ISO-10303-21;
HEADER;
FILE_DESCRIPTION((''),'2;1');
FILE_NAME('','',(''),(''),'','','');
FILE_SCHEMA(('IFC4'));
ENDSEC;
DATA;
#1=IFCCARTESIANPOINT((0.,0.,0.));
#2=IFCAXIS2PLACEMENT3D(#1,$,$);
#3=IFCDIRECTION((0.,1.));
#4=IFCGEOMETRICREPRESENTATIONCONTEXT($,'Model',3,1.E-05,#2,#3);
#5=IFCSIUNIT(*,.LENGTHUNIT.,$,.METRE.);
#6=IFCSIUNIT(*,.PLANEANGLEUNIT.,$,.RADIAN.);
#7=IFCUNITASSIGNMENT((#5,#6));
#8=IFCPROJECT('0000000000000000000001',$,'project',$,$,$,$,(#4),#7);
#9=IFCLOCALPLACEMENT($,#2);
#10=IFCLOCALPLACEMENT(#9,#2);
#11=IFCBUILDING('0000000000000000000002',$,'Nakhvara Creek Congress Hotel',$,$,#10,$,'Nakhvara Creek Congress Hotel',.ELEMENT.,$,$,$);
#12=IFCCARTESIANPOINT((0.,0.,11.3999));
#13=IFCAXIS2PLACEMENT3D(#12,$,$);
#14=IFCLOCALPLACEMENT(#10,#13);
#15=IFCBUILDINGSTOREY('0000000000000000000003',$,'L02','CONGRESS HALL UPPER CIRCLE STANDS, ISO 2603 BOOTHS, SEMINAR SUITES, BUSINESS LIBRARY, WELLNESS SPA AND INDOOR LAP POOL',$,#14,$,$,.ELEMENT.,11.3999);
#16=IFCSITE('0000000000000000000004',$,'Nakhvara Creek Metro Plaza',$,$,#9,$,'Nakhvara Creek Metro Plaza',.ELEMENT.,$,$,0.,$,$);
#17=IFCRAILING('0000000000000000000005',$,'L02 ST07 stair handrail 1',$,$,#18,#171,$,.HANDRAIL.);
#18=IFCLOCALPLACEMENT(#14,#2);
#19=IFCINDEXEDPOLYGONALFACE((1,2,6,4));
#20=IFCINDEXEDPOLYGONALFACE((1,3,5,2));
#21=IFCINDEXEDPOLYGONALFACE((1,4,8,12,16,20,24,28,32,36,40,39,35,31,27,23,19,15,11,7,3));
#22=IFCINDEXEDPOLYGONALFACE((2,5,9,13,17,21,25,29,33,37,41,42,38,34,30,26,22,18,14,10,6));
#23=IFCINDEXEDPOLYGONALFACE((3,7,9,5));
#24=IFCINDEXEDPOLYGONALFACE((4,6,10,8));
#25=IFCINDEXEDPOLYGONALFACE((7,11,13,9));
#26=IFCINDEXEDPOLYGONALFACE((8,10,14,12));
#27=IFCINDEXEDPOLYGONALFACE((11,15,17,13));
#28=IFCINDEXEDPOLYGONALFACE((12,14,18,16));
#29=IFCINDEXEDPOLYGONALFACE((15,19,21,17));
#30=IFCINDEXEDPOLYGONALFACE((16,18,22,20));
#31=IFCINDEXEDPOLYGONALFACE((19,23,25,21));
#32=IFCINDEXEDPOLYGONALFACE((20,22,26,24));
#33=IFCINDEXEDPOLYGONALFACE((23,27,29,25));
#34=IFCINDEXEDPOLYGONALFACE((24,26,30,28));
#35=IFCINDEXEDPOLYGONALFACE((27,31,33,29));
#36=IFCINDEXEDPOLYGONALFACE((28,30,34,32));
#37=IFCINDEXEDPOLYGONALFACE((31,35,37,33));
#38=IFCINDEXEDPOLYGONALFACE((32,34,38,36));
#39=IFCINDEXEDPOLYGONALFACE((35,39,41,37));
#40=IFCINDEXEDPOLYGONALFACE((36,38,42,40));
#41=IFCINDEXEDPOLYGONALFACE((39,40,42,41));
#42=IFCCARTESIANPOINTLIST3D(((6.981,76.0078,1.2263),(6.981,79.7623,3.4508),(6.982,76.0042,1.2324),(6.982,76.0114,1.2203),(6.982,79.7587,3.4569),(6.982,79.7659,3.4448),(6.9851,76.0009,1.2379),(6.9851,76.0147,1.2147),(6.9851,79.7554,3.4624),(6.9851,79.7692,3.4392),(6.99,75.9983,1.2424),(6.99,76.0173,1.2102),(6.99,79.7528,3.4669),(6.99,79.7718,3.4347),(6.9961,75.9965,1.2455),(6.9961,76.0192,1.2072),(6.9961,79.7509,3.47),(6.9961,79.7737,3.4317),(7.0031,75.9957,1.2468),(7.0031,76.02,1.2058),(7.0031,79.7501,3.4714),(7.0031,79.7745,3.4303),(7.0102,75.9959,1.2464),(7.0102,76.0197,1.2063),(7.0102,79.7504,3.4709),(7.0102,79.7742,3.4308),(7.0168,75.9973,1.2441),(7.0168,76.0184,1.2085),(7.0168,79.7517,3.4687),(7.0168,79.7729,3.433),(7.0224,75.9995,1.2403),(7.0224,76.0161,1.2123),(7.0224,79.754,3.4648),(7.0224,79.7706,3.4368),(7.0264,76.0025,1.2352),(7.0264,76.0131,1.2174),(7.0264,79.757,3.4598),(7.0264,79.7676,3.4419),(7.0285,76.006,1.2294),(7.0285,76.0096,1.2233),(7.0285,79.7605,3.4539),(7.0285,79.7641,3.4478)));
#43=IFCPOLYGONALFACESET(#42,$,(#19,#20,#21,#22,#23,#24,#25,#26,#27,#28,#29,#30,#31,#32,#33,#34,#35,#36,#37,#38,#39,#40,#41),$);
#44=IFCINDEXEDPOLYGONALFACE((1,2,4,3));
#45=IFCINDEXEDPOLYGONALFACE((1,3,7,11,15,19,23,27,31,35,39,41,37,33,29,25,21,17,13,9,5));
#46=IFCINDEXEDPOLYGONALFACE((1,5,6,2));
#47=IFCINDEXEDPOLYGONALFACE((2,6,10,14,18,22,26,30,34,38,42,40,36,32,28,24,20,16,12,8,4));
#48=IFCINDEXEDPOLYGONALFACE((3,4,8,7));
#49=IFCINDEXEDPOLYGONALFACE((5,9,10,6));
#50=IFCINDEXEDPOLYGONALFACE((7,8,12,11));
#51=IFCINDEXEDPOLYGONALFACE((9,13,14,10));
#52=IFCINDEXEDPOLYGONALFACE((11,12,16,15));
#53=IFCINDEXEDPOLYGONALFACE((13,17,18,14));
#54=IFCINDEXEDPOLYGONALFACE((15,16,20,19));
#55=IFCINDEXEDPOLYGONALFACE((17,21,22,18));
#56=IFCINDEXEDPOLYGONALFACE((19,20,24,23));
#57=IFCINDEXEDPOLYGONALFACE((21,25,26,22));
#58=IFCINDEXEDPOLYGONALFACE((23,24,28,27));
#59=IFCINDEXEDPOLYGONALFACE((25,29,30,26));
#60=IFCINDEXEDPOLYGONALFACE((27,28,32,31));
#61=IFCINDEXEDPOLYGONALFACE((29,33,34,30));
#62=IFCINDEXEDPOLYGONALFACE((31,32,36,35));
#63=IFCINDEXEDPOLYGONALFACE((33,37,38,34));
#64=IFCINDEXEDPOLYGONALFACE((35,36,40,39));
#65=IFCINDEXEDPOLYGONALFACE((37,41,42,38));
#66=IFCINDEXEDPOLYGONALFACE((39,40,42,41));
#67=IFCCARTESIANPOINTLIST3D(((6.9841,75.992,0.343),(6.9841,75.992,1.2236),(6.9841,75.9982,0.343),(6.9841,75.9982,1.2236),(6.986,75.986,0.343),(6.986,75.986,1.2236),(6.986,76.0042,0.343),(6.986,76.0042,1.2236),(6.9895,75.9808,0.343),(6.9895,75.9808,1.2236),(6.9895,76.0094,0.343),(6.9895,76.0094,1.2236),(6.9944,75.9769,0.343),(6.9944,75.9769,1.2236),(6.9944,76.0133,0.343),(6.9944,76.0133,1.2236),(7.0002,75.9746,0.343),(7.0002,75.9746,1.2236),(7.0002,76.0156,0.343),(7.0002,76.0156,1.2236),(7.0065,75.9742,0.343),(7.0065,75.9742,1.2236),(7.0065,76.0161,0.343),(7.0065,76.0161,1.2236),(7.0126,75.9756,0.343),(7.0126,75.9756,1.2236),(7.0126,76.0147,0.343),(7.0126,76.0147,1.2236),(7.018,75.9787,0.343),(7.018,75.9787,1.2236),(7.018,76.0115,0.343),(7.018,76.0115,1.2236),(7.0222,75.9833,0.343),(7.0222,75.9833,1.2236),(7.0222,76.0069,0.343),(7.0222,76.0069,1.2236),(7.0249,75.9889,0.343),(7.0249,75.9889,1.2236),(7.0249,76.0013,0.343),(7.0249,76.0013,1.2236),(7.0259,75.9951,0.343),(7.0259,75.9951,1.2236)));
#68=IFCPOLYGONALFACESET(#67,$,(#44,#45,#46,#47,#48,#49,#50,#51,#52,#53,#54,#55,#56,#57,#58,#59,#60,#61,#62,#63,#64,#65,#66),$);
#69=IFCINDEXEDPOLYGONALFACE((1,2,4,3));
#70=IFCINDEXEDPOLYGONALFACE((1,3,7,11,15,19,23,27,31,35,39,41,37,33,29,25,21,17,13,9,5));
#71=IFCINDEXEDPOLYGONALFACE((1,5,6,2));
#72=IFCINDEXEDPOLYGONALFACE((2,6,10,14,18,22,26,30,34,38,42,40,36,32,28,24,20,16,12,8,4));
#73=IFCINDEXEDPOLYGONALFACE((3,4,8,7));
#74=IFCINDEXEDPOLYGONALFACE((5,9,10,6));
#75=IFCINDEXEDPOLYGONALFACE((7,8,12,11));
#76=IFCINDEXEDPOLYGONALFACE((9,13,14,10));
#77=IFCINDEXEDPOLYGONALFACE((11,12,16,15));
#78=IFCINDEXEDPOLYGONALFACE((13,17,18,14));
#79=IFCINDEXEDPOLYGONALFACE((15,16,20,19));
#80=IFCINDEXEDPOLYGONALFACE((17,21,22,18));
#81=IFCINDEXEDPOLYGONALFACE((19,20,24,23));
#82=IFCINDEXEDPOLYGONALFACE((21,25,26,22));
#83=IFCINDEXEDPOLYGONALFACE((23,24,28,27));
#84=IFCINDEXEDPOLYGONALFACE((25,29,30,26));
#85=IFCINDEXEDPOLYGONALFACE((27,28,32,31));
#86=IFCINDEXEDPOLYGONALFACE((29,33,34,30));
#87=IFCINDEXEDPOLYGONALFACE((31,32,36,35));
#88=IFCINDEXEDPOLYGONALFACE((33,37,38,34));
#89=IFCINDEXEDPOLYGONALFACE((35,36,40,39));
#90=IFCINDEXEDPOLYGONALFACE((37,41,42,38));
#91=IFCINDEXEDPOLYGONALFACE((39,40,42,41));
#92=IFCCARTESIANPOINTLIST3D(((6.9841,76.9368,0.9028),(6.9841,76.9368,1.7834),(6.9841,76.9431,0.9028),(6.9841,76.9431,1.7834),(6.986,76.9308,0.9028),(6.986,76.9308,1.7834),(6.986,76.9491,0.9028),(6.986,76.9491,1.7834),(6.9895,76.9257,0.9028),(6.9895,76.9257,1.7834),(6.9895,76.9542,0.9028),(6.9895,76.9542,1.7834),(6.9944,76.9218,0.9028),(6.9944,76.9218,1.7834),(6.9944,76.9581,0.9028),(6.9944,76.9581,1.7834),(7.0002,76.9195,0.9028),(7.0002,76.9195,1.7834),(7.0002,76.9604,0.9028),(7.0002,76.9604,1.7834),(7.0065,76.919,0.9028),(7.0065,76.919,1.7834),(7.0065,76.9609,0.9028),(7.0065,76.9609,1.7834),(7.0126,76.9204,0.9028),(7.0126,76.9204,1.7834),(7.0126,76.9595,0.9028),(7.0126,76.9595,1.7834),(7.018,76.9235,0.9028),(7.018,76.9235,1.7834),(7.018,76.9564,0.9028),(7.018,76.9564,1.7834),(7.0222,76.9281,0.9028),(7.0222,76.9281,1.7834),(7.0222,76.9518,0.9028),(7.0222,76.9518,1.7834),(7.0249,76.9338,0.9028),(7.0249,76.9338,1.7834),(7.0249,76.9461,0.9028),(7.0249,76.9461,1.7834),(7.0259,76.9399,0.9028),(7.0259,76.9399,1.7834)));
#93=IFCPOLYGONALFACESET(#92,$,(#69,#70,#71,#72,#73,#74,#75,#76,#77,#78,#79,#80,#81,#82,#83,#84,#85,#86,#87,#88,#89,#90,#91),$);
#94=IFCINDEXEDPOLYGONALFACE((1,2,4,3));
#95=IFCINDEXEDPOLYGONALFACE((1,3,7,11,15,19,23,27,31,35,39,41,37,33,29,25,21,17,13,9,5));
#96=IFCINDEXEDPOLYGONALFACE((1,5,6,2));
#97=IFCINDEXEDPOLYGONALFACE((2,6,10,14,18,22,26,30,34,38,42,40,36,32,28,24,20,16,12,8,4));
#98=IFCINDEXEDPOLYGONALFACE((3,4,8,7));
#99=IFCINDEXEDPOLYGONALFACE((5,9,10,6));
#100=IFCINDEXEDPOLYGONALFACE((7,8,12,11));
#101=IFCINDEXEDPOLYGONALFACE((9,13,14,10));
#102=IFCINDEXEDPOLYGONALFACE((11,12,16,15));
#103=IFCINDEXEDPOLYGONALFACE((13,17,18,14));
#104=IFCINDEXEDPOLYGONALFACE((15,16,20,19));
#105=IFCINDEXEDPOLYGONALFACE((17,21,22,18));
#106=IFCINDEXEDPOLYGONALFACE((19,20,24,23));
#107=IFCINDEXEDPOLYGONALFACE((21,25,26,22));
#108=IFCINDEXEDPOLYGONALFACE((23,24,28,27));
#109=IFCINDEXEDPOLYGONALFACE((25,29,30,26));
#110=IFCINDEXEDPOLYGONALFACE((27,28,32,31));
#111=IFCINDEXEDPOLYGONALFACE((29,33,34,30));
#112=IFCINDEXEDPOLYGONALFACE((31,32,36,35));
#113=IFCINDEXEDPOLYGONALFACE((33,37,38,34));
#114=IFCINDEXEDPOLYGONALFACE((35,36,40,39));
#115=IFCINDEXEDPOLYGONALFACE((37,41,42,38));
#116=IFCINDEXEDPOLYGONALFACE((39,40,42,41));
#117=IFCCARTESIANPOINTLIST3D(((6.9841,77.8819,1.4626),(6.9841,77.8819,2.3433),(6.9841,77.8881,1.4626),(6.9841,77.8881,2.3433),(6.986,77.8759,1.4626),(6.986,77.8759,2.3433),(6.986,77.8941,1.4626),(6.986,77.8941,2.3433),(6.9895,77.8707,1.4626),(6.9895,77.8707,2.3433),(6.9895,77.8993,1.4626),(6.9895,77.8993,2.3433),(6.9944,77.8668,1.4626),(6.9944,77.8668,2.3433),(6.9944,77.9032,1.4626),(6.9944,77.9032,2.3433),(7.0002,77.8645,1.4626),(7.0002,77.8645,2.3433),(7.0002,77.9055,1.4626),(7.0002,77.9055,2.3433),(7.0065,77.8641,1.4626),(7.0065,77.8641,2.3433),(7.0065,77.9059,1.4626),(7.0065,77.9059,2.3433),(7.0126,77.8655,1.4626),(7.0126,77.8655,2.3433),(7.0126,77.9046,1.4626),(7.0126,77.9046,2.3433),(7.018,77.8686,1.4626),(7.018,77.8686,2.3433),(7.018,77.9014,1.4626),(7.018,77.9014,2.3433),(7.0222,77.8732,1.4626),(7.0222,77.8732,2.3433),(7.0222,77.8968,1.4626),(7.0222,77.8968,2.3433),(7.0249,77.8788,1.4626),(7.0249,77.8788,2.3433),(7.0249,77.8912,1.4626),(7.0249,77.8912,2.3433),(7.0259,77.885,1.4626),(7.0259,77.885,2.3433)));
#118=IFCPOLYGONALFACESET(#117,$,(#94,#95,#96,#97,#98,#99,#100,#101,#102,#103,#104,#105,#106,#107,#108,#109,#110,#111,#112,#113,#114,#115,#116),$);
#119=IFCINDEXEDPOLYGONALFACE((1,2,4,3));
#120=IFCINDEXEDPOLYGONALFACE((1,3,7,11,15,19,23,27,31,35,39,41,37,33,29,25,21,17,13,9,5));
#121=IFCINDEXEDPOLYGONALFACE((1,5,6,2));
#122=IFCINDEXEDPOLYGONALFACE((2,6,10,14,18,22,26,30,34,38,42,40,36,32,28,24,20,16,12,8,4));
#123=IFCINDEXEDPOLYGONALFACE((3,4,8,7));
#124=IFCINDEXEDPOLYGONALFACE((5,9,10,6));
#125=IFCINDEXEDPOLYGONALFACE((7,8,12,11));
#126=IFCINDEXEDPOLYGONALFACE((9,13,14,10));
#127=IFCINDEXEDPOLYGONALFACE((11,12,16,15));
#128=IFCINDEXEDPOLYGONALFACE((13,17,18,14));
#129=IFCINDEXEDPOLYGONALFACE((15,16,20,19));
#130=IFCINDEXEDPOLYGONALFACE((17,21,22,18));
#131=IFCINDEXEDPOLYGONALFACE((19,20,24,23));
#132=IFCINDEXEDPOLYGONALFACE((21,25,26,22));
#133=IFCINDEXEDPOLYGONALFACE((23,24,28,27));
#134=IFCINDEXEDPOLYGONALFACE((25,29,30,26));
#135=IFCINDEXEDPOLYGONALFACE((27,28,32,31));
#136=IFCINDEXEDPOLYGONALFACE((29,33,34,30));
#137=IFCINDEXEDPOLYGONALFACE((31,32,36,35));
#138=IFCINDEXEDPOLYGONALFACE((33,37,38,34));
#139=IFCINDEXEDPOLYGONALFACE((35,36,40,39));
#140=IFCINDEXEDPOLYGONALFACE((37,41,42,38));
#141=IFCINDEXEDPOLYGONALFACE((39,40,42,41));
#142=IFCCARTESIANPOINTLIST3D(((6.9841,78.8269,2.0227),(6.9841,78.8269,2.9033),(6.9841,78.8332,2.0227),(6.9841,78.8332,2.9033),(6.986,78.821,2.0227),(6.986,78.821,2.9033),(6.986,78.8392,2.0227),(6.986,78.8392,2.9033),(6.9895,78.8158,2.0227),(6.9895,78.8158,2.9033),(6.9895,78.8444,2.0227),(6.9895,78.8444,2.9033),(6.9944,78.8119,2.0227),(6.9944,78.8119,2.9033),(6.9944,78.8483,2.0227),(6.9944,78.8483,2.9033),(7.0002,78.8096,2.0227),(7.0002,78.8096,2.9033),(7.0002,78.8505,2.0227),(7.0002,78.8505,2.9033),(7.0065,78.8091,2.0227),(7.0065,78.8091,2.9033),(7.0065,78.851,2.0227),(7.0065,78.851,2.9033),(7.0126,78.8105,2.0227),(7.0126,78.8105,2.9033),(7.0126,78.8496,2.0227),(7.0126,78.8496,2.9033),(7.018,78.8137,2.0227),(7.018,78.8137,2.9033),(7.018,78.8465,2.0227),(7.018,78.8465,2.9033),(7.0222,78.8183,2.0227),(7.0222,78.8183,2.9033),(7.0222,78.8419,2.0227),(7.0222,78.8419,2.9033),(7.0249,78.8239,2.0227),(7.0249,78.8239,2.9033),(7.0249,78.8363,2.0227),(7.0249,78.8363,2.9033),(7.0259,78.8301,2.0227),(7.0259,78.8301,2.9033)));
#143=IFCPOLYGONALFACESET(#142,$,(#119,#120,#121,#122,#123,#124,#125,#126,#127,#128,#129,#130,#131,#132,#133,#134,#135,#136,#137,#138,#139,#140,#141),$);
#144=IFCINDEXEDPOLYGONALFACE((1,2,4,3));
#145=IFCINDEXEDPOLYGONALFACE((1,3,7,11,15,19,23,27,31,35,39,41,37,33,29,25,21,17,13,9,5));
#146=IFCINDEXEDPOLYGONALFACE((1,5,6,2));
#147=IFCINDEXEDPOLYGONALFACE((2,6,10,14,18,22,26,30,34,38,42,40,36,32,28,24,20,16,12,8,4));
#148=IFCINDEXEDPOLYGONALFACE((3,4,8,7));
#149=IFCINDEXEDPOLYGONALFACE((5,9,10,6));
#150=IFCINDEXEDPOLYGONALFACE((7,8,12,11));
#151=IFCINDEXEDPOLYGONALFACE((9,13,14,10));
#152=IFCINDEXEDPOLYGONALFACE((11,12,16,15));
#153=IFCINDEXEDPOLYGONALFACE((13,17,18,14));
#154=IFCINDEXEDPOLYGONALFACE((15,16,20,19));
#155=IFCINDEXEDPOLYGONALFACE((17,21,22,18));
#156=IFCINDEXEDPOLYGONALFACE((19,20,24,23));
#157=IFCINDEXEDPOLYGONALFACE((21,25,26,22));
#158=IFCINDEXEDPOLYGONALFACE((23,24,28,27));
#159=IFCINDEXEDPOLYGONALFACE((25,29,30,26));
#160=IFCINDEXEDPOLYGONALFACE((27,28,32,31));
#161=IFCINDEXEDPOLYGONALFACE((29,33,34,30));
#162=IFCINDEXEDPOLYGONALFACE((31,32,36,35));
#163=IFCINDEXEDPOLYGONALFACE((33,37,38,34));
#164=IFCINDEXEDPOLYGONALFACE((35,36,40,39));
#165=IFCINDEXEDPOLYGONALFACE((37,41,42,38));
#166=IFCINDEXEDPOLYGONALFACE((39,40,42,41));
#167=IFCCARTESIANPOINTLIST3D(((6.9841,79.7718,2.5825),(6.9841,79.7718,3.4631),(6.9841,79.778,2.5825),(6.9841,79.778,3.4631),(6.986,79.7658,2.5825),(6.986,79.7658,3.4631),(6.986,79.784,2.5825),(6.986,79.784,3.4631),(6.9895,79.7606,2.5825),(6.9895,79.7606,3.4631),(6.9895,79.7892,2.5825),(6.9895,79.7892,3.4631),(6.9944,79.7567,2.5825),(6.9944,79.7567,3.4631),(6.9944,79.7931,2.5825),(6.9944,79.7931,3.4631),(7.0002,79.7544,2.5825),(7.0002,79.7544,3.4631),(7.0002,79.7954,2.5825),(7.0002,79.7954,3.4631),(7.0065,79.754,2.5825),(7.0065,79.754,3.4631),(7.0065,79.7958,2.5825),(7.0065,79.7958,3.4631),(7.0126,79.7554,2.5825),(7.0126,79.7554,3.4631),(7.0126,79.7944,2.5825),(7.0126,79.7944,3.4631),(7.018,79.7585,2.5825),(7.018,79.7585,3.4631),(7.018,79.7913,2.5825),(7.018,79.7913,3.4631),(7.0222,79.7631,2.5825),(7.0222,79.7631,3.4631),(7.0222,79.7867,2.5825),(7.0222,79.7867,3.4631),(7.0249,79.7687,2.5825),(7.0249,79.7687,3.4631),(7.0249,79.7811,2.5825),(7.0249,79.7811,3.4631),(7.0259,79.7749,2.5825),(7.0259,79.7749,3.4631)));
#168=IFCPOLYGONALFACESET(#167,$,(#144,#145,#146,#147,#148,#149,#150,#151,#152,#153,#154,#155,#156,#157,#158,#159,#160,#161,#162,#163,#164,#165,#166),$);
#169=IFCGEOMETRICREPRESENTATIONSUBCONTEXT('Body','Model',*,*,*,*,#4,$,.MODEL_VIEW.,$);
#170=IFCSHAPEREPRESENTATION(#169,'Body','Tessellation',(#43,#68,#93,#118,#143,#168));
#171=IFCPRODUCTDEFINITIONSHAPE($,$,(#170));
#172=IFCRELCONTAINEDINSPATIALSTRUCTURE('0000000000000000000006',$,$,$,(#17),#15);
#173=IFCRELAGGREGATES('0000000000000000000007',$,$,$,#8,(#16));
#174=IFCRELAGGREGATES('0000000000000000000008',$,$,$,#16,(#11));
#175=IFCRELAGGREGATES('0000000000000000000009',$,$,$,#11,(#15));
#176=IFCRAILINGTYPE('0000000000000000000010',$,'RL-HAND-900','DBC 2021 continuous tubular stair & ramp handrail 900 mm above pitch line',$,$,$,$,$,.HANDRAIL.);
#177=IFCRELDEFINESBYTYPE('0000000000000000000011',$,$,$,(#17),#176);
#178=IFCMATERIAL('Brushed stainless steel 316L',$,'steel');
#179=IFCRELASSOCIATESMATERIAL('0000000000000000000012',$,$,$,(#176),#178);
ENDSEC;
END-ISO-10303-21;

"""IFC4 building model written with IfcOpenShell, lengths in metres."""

from ifc_helpers import new_model, si_unit, direction, frame, origin, origin_2d, place, context, subcontext, project, spatial, circle, extrude, material, type_object, element, save


model = new_model("IFC4")

# Units and contexts
model_context = context("Model", 3, precision=1e-05, world=origin(), true_north=direction((0.0, 1.0)))
body_context = subcontext(model_context, "Body", "Model", "MODEL_VIEW")
ifc_project = project(units=[si_unit("LENGTHUNIT", "METRE"), si_unit("PLANEANGLEUNIT", "RADIAN")], contexts=[model_context])

# Site, building, storey
site_placement = place(None, origin())
site = spatial("IfcSite", under=ifc_project, at=site_placement, Name="Nakhvara Creek Metro Plaza", LongName="Nakhvara Creek Metro Plaza", CompositionType="ELEMENT", RefElevation=0.0)
building_placement = place(site_placement, origin())
building = spatial("IfcBuilding", under=site, at=building_placement, Name="Nakhvara Creek Congress Hotel", LongName="Nakhvara Creek Congress Hotel", CompositionType="ELEMENT")
storey_placement = place(building_placement, frame((0.0, 0.0, 11.3999)))
storey = spatial("IfcBuildingStorey", under=building, at=storey_placement, Name="L02", Description="CONGRESS HALL UPPER CIRCLE STANDS, ISO 2603 BOOTHS, SEMINAR SUITES, BUSINESS LIBRARY, WELLNESS SPA AND INDOOR LAP POOL", CompositionType="ELEMENT", Elevation=11.3999)

# Railing
ifc_material_1 = material(Name="Brushed stainless steel 316L", Category="steel")
railing_type_1 = type_object("IfcRailingType", Name="RL-HAND-900", Description="DBC 2021 continuous tubular stair & ramp handrail 900 mm above pitch line", PredefinedType="HANDRAIL", material=ifc_material_1)
railing_1_placement = place(storey_placement, frame((7.0049, 75.9951, 0.343)))
element("IfcRailing", 1, at=railing_1_placement, inside=storey, type_object=railing_type_1, Name="L02 ST07 stair handrail 1", PredefinedType="HANDRAIL", context=body_context, shape_type="SweptSolid", body=[
    extrude(circle(Radius=0.0239, at=origin_2d()), frame((0.0, 0.0127, 0.8833), z_axis=(0.0, 0.860329, 0.50974), x_axis=(-1.0, 0.0, 0.0)), (0.0, 0.0, 1.0), 4.364),
    extrude(circle(Radius=0.021, at=origin_2d()), origin(), (0.0, 0.0, 1.0), 0.8806),
    extrude(circle(Radius=0.021, at=origin_2d()), frame((0.0, 0.9448, 0.5598)), (0.0, 0.0, 1.0), 0.8806),
    extrude(circle(Radius=0.021, at=origin_2d()), frame((0.0, 1.8899, 1.1196)), (0.0, 0.0, 1.0), 0.8806),
    extrude(circle(Radius=0.021, at=origin_2d()), frame((0.0, 2.835, 1.6797)), (0.0, 0.0, 1.0), 0.8806),
    extrude(circle(Radius=0.021, at=origin_2d()), frame((0.0, 3.7798, 2.2395)), (0.0, 0.0, 1.0), 0.8806),
])

save(model, "model.ifc")
